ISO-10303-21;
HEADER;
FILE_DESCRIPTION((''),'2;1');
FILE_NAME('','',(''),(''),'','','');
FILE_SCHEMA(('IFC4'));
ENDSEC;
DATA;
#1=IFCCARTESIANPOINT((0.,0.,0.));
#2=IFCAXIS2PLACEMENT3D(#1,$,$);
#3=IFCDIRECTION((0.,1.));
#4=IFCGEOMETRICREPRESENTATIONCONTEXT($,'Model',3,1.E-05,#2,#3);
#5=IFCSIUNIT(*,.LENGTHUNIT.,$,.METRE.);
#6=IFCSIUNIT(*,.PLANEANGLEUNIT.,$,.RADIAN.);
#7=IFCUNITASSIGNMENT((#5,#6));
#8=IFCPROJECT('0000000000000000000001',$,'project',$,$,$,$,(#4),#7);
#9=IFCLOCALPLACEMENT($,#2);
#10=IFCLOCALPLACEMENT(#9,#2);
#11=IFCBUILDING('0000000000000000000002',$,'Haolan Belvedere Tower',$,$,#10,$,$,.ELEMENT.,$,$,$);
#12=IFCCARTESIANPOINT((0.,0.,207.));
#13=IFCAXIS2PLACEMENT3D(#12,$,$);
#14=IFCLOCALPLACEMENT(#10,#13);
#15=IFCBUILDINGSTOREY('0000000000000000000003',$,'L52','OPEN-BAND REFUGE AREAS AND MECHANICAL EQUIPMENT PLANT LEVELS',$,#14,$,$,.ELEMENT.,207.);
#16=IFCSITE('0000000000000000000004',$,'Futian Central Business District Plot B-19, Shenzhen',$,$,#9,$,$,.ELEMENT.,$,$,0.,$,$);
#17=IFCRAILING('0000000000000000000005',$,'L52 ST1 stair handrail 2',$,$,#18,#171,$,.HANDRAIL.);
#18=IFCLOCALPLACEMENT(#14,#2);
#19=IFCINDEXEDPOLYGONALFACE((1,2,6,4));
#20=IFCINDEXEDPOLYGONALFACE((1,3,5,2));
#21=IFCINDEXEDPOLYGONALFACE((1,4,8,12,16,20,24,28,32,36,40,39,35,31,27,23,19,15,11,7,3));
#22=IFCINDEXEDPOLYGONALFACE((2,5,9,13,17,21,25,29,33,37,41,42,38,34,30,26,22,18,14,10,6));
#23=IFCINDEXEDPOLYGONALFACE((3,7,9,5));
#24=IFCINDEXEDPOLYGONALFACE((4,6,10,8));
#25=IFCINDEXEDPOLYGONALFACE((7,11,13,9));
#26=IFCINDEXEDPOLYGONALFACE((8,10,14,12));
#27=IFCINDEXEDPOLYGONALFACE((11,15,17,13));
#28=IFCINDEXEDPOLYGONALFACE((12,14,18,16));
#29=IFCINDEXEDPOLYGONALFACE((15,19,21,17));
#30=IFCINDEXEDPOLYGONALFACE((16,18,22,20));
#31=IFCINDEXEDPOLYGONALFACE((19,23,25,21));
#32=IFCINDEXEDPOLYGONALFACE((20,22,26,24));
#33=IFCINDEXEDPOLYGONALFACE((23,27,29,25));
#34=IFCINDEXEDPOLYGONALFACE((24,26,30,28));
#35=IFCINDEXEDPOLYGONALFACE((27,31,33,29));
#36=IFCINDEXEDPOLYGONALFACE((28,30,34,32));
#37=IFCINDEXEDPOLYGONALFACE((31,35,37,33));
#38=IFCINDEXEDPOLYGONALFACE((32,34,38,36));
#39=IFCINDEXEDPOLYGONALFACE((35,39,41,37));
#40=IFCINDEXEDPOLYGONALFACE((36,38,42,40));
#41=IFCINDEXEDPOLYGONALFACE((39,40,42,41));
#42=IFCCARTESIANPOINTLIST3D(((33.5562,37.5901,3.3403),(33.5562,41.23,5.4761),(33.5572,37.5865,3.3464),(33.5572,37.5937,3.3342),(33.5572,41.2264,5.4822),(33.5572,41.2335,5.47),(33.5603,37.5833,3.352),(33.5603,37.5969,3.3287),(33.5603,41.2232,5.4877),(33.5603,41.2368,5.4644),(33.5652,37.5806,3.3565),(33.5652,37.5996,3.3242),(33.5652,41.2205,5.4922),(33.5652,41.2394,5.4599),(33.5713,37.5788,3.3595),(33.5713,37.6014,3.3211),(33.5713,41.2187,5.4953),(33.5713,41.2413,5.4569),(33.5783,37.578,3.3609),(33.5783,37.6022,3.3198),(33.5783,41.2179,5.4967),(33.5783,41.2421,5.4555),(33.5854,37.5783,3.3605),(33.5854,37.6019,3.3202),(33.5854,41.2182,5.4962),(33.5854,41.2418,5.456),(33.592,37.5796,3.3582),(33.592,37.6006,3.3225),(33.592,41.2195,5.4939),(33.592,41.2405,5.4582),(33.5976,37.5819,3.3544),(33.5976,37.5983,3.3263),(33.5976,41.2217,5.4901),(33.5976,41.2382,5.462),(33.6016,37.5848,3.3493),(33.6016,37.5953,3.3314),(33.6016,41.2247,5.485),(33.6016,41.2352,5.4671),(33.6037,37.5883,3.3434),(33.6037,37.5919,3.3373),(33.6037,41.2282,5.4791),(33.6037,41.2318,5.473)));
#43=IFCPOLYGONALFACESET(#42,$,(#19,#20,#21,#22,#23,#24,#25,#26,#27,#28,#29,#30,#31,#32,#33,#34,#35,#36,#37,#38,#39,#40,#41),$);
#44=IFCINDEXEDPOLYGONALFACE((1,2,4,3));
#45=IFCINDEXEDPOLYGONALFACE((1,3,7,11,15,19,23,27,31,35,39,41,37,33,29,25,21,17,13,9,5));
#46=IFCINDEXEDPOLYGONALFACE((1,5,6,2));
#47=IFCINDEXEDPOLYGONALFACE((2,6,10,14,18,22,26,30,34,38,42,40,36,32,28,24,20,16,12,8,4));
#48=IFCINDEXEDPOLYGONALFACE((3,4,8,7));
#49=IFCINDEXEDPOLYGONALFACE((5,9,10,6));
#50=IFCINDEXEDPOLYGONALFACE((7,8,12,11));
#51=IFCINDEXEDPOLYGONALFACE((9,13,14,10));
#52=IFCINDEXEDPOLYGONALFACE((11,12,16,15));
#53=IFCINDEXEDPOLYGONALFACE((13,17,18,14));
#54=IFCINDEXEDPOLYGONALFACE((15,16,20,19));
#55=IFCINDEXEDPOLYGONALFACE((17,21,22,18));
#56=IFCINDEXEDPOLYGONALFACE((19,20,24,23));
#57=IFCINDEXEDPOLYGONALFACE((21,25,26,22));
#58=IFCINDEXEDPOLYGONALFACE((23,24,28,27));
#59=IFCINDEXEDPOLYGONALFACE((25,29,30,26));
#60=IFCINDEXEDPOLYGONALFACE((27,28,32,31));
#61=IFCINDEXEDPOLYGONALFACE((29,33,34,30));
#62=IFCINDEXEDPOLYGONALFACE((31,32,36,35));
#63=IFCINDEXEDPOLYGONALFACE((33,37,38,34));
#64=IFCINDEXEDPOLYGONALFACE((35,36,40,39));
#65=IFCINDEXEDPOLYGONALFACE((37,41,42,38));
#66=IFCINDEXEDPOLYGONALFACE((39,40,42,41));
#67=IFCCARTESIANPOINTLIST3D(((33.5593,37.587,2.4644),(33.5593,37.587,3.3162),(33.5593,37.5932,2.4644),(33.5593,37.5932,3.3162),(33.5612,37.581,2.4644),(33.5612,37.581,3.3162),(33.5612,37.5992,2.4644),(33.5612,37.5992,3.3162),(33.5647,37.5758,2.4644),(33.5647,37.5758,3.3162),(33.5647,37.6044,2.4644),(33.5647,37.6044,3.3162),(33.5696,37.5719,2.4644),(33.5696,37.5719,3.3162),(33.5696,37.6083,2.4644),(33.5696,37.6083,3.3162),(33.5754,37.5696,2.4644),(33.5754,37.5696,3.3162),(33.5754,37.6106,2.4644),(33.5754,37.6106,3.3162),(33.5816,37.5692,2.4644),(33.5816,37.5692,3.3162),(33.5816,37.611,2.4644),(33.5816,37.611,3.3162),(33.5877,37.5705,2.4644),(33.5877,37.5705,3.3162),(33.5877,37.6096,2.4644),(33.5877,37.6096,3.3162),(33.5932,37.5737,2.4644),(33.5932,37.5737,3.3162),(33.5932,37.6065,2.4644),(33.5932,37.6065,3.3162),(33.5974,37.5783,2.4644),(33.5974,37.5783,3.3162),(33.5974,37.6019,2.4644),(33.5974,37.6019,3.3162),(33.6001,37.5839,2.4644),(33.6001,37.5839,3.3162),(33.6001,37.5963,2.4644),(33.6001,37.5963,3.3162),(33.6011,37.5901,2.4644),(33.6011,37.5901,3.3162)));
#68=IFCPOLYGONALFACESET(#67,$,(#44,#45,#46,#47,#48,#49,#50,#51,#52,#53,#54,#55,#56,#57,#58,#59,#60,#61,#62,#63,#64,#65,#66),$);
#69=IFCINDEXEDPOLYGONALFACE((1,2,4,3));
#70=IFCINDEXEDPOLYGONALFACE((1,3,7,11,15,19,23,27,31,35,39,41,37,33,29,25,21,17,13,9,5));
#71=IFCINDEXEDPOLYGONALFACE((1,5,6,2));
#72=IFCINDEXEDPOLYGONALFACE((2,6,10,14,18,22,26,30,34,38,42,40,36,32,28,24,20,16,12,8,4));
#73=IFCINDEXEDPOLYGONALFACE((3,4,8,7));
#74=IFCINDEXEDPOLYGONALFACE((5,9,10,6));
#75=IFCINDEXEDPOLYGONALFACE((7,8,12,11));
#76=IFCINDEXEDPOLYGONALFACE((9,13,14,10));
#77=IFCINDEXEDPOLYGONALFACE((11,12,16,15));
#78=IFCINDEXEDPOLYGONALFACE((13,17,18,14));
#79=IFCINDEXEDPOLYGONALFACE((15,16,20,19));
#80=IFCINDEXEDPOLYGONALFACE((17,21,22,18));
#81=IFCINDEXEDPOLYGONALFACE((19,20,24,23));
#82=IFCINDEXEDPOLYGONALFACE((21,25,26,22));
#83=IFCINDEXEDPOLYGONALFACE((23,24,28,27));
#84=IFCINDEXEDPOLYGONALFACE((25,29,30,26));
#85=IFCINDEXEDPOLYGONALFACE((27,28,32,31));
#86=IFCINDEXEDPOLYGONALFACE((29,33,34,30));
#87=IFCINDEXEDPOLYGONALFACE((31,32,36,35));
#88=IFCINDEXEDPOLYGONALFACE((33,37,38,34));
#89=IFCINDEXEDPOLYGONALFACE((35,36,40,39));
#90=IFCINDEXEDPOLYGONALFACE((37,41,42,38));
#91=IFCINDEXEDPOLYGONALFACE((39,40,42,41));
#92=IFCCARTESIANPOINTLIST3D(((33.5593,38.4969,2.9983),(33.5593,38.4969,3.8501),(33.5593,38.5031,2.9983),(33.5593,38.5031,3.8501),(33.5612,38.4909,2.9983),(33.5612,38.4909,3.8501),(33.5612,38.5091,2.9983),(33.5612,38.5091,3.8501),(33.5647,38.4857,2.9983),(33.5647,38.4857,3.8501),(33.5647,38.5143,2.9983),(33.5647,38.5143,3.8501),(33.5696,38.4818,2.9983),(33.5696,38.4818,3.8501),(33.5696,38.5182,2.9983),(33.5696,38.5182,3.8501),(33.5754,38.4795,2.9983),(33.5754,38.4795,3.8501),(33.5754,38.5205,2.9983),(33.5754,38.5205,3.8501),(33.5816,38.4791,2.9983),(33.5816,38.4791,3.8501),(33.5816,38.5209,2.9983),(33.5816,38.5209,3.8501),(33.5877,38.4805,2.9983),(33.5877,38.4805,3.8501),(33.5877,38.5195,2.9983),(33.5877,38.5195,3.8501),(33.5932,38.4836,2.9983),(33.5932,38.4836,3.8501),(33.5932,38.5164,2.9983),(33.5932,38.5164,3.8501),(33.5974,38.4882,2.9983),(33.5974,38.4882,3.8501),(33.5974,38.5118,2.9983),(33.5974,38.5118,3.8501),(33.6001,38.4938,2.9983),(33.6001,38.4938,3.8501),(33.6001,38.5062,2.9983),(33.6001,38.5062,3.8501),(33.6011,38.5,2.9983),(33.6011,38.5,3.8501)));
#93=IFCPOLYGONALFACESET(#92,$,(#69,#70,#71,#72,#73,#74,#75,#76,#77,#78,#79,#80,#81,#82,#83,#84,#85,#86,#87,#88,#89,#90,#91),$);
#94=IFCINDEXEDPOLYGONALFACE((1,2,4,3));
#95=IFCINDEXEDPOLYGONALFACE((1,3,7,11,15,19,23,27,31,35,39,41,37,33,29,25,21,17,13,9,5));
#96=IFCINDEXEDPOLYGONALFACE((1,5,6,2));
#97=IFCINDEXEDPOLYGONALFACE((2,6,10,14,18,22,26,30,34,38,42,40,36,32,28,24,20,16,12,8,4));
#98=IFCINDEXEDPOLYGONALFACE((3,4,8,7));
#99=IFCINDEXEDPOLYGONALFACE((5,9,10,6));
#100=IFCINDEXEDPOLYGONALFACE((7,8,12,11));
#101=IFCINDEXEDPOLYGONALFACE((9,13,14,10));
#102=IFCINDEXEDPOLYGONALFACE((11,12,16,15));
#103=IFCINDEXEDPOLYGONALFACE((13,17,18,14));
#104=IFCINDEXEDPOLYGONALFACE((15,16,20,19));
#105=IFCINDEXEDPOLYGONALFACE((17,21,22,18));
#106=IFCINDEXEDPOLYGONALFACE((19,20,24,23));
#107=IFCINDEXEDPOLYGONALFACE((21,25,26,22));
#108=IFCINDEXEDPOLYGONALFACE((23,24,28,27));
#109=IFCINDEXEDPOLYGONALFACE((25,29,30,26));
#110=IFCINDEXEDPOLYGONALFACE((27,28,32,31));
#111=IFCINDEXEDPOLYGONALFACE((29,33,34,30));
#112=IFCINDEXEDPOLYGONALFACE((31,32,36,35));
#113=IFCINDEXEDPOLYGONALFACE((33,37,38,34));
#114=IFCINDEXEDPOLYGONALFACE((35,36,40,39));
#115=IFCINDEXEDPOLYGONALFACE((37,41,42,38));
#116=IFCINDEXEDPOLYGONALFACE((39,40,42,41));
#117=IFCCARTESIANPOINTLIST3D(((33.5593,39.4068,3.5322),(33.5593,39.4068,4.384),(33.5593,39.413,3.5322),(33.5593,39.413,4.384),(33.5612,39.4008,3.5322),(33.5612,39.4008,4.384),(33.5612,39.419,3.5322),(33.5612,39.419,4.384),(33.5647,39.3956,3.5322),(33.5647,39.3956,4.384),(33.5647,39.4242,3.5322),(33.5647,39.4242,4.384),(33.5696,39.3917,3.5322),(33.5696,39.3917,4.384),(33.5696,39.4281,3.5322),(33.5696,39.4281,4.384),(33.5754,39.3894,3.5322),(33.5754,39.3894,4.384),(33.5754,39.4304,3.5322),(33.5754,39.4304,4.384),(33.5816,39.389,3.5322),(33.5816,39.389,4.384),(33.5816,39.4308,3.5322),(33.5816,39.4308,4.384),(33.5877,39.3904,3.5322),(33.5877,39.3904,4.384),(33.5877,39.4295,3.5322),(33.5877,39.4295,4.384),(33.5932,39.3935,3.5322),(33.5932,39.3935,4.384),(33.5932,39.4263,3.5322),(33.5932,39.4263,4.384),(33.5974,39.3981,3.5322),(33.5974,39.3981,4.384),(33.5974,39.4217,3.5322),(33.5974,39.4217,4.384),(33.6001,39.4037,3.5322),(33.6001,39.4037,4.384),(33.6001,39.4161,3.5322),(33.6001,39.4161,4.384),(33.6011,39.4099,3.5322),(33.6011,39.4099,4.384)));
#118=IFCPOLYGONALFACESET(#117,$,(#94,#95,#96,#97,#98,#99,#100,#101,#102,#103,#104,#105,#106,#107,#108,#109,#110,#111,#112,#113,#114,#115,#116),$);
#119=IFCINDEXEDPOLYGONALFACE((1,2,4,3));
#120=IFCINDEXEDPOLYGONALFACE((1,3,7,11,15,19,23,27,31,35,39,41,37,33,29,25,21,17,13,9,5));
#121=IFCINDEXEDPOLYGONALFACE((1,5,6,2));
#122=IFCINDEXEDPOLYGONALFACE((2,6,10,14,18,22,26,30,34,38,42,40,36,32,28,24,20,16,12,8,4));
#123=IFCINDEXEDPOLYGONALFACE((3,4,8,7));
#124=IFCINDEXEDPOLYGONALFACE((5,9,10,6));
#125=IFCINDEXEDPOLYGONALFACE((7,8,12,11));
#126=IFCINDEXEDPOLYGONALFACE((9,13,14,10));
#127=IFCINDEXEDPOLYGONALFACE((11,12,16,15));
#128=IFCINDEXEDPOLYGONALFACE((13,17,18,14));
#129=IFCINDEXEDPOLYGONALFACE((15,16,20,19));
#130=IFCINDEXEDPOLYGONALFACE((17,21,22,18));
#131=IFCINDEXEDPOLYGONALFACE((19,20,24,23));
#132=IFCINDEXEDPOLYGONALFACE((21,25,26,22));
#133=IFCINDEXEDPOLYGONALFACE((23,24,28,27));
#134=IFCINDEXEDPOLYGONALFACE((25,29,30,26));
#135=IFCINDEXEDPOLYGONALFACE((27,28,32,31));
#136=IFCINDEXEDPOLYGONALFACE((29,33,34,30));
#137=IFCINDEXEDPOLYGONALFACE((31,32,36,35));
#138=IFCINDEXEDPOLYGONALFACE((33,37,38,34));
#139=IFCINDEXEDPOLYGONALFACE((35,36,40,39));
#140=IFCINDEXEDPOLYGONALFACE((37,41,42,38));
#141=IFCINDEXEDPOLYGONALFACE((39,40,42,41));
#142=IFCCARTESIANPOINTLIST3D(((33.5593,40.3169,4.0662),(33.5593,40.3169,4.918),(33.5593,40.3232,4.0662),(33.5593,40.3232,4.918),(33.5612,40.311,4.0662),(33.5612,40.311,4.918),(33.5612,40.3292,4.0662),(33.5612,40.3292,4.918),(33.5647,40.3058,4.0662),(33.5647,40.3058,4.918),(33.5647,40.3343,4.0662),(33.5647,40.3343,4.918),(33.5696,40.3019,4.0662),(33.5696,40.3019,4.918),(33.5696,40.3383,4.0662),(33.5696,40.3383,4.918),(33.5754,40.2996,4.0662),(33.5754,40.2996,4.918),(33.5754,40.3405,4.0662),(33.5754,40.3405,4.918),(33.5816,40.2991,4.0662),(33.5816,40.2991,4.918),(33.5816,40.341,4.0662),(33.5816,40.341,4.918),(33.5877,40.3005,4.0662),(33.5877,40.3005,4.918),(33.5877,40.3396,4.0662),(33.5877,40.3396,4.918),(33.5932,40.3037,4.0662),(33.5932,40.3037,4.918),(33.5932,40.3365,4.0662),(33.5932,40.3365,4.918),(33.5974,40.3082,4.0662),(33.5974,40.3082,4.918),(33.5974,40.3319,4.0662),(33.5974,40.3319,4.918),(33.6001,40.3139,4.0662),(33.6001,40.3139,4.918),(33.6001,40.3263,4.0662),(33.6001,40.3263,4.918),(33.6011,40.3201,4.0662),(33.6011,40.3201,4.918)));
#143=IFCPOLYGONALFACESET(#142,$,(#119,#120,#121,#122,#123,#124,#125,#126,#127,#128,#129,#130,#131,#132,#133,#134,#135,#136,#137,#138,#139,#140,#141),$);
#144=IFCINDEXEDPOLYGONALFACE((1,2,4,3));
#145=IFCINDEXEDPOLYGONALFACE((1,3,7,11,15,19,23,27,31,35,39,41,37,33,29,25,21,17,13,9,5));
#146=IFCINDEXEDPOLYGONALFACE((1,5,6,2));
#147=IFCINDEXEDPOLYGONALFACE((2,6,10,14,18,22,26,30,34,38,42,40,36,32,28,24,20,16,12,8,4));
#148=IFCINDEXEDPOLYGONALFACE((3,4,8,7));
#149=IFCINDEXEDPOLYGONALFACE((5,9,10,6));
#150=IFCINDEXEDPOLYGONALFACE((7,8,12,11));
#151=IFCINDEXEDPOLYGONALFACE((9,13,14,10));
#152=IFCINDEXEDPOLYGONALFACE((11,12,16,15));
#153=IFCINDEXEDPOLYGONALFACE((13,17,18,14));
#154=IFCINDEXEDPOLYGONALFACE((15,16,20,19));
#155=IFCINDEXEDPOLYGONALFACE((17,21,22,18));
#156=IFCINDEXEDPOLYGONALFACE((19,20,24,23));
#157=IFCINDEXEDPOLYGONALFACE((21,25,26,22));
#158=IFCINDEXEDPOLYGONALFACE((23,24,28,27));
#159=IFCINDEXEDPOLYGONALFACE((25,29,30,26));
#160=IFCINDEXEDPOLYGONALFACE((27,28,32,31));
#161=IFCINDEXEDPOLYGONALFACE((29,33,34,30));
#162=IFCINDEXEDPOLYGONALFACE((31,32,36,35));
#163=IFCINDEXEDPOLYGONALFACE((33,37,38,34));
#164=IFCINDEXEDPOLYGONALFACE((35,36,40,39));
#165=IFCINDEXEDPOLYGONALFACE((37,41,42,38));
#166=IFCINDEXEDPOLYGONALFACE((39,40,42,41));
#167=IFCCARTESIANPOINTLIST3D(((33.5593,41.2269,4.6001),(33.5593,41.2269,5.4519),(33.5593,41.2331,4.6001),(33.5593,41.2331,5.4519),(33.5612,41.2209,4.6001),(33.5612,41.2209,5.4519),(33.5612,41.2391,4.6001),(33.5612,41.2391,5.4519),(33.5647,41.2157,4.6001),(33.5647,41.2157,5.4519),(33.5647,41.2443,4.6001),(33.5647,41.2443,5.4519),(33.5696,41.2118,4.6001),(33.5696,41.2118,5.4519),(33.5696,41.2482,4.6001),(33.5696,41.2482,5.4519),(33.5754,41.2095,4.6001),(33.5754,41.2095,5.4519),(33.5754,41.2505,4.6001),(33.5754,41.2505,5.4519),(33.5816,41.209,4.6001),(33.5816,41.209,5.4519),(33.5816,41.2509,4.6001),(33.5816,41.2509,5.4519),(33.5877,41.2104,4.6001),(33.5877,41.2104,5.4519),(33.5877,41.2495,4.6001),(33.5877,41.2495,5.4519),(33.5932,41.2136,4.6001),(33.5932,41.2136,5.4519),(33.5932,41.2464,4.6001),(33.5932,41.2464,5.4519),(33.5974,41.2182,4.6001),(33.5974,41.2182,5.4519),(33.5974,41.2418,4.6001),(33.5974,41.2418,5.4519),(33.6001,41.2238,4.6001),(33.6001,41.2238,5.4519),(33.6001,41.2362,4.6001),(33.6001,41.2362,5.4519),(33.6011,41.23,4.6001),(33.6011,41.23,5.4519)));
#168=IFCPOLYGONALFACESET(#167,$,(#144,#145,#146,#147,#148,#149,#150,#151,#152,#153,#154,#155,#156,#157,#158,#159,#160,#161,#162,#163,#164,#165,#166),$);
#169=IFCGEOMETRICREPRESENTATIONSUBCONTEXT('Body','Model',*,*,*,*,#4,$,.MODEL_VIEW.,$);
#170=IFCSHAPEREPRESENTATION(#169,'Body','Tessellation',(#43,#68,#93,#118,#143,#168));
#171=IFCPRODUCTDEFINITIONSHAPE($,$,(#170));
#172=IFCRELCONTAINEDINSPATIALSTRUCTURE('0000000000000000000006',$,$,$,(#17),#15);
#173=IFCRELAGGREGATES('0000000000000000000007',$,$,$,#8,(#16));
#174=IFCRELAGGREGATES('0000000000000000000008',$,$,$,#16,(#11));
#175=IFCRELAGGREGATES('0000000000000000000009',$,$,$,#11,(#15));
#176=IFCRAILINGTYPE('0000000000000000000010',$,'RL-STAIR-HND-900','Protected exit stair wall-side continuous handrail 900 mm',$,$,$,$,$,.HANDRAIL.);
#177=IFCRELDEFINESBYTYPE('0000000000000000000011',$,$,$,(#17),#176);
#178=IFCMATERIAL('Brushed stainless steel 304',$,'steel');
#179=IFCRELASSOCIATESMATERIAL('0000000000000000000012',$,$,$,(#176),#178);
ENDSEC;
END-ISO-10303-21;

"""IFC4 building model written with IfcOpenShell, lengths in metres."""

from ifc_helpers import new_model, si_unit, direction, frame, origin, origin_2d, place, context, subcontext, project, spatial, circle, extrude, material, type_object, element, save


model = new_model("IFC4")

# Units and contexts
model_context = context("Model", 3, precision=1e-05, world=origin(), true_north=direction((0.0, 1.0)))
body_context = subcontext(model_context, "Body", "Model", "MODEL_VIEW")
ifc_project = project(units=[si_unit("LENGTHUNIT", "METRE"), si_unit("PLANEANGLEUNIT", "RADIAN")], contexts=[model_context])

# Site, building, storey
site_placement = place(None, origin())
site = spatial("IfcSite", under=ifc_project, at=site_placement, Name="Futian Central Business District Plot B-19, Shenzhen", CompositionType="ELEMENT", RefElevation=0.0)
building_placement = place(site_placement, origin())
building = spatial("IfcBuilding", under=site, at=building_placement, Name="Haolan Belvedere Tower", CompositionType="ELEMENT")
storey_placement = place(building_placement, frame((0.0, 0.0, 207.0)))
storey = spatial("IfcBuildingStorey", under=building, at=storey_placement, Name="L52", Description="OPEN-BAND REFUGE AREAS AND MECHANICAL EQUIPMENT PLANT LEVELS", CompositionType="ELEMENT", Elevation=207.0)

# Railing
ifc_material_1 = material(Name="Brushed stainless steel 304", Category="steel")
railing_type_1 = type_object("IfcRailingType", Name="RL-STAIR-HND-900", Description="Protected exit stair wall-side continuous handrail 900 mm", PredefinedType="HANDRAIL", material=ifc_material_1)
railing_1_placement = place(storey_placement, frame((33.5801, 37.5901, 2.4644)))
element("IfcRailing", 1, at=railing_1_placement, inside=storey, type_object=railing_type_1, Name="L52 ST1 stair handrail 2", PredefinedType="HANDRAIL", context=body_context, shape_type="SweptSolid", body=[
    extrude(circle(Radius=0.0239, at=origin_2d()), frame((0.0, 0.0, 0.876), z_axis=(0.0, 0.86249, 0.506074), x_axis=(-1.0, 0.0, 0.0)), (0.0, 0.0, 1.0), 4.2202),
    extrude(circle(Radius=0.021, at=origin_2d()), origin(), (0.0, 0.0, 1.0), 0.8518),
    extrude(circle(Radius=0.021, at=origin_2d()), frame((0.0, 0.9099, 0.5339)), (0.0, 0.0, 1.0), 0.8518),
    extrude(circle(Radius=0.021, at=origin_2d()), frame((0.0, 1.8198, 1.0679)), (0.0, 0.0, 1.0), 0.8518),
    extrude(circle(Radius=0.021, at=origin_2d()), frame((0.0, 2.73, 1.6018)), (0.0, 0.0, 1.0), 0.8518),
    extrude(circle(Radius=0.021, at=origin_2d()), frame((0.0, 3.6399, 2.1357)), (0.0, 0.0, 1.0), 0.8518),
])

save(model, "model.ifc")
